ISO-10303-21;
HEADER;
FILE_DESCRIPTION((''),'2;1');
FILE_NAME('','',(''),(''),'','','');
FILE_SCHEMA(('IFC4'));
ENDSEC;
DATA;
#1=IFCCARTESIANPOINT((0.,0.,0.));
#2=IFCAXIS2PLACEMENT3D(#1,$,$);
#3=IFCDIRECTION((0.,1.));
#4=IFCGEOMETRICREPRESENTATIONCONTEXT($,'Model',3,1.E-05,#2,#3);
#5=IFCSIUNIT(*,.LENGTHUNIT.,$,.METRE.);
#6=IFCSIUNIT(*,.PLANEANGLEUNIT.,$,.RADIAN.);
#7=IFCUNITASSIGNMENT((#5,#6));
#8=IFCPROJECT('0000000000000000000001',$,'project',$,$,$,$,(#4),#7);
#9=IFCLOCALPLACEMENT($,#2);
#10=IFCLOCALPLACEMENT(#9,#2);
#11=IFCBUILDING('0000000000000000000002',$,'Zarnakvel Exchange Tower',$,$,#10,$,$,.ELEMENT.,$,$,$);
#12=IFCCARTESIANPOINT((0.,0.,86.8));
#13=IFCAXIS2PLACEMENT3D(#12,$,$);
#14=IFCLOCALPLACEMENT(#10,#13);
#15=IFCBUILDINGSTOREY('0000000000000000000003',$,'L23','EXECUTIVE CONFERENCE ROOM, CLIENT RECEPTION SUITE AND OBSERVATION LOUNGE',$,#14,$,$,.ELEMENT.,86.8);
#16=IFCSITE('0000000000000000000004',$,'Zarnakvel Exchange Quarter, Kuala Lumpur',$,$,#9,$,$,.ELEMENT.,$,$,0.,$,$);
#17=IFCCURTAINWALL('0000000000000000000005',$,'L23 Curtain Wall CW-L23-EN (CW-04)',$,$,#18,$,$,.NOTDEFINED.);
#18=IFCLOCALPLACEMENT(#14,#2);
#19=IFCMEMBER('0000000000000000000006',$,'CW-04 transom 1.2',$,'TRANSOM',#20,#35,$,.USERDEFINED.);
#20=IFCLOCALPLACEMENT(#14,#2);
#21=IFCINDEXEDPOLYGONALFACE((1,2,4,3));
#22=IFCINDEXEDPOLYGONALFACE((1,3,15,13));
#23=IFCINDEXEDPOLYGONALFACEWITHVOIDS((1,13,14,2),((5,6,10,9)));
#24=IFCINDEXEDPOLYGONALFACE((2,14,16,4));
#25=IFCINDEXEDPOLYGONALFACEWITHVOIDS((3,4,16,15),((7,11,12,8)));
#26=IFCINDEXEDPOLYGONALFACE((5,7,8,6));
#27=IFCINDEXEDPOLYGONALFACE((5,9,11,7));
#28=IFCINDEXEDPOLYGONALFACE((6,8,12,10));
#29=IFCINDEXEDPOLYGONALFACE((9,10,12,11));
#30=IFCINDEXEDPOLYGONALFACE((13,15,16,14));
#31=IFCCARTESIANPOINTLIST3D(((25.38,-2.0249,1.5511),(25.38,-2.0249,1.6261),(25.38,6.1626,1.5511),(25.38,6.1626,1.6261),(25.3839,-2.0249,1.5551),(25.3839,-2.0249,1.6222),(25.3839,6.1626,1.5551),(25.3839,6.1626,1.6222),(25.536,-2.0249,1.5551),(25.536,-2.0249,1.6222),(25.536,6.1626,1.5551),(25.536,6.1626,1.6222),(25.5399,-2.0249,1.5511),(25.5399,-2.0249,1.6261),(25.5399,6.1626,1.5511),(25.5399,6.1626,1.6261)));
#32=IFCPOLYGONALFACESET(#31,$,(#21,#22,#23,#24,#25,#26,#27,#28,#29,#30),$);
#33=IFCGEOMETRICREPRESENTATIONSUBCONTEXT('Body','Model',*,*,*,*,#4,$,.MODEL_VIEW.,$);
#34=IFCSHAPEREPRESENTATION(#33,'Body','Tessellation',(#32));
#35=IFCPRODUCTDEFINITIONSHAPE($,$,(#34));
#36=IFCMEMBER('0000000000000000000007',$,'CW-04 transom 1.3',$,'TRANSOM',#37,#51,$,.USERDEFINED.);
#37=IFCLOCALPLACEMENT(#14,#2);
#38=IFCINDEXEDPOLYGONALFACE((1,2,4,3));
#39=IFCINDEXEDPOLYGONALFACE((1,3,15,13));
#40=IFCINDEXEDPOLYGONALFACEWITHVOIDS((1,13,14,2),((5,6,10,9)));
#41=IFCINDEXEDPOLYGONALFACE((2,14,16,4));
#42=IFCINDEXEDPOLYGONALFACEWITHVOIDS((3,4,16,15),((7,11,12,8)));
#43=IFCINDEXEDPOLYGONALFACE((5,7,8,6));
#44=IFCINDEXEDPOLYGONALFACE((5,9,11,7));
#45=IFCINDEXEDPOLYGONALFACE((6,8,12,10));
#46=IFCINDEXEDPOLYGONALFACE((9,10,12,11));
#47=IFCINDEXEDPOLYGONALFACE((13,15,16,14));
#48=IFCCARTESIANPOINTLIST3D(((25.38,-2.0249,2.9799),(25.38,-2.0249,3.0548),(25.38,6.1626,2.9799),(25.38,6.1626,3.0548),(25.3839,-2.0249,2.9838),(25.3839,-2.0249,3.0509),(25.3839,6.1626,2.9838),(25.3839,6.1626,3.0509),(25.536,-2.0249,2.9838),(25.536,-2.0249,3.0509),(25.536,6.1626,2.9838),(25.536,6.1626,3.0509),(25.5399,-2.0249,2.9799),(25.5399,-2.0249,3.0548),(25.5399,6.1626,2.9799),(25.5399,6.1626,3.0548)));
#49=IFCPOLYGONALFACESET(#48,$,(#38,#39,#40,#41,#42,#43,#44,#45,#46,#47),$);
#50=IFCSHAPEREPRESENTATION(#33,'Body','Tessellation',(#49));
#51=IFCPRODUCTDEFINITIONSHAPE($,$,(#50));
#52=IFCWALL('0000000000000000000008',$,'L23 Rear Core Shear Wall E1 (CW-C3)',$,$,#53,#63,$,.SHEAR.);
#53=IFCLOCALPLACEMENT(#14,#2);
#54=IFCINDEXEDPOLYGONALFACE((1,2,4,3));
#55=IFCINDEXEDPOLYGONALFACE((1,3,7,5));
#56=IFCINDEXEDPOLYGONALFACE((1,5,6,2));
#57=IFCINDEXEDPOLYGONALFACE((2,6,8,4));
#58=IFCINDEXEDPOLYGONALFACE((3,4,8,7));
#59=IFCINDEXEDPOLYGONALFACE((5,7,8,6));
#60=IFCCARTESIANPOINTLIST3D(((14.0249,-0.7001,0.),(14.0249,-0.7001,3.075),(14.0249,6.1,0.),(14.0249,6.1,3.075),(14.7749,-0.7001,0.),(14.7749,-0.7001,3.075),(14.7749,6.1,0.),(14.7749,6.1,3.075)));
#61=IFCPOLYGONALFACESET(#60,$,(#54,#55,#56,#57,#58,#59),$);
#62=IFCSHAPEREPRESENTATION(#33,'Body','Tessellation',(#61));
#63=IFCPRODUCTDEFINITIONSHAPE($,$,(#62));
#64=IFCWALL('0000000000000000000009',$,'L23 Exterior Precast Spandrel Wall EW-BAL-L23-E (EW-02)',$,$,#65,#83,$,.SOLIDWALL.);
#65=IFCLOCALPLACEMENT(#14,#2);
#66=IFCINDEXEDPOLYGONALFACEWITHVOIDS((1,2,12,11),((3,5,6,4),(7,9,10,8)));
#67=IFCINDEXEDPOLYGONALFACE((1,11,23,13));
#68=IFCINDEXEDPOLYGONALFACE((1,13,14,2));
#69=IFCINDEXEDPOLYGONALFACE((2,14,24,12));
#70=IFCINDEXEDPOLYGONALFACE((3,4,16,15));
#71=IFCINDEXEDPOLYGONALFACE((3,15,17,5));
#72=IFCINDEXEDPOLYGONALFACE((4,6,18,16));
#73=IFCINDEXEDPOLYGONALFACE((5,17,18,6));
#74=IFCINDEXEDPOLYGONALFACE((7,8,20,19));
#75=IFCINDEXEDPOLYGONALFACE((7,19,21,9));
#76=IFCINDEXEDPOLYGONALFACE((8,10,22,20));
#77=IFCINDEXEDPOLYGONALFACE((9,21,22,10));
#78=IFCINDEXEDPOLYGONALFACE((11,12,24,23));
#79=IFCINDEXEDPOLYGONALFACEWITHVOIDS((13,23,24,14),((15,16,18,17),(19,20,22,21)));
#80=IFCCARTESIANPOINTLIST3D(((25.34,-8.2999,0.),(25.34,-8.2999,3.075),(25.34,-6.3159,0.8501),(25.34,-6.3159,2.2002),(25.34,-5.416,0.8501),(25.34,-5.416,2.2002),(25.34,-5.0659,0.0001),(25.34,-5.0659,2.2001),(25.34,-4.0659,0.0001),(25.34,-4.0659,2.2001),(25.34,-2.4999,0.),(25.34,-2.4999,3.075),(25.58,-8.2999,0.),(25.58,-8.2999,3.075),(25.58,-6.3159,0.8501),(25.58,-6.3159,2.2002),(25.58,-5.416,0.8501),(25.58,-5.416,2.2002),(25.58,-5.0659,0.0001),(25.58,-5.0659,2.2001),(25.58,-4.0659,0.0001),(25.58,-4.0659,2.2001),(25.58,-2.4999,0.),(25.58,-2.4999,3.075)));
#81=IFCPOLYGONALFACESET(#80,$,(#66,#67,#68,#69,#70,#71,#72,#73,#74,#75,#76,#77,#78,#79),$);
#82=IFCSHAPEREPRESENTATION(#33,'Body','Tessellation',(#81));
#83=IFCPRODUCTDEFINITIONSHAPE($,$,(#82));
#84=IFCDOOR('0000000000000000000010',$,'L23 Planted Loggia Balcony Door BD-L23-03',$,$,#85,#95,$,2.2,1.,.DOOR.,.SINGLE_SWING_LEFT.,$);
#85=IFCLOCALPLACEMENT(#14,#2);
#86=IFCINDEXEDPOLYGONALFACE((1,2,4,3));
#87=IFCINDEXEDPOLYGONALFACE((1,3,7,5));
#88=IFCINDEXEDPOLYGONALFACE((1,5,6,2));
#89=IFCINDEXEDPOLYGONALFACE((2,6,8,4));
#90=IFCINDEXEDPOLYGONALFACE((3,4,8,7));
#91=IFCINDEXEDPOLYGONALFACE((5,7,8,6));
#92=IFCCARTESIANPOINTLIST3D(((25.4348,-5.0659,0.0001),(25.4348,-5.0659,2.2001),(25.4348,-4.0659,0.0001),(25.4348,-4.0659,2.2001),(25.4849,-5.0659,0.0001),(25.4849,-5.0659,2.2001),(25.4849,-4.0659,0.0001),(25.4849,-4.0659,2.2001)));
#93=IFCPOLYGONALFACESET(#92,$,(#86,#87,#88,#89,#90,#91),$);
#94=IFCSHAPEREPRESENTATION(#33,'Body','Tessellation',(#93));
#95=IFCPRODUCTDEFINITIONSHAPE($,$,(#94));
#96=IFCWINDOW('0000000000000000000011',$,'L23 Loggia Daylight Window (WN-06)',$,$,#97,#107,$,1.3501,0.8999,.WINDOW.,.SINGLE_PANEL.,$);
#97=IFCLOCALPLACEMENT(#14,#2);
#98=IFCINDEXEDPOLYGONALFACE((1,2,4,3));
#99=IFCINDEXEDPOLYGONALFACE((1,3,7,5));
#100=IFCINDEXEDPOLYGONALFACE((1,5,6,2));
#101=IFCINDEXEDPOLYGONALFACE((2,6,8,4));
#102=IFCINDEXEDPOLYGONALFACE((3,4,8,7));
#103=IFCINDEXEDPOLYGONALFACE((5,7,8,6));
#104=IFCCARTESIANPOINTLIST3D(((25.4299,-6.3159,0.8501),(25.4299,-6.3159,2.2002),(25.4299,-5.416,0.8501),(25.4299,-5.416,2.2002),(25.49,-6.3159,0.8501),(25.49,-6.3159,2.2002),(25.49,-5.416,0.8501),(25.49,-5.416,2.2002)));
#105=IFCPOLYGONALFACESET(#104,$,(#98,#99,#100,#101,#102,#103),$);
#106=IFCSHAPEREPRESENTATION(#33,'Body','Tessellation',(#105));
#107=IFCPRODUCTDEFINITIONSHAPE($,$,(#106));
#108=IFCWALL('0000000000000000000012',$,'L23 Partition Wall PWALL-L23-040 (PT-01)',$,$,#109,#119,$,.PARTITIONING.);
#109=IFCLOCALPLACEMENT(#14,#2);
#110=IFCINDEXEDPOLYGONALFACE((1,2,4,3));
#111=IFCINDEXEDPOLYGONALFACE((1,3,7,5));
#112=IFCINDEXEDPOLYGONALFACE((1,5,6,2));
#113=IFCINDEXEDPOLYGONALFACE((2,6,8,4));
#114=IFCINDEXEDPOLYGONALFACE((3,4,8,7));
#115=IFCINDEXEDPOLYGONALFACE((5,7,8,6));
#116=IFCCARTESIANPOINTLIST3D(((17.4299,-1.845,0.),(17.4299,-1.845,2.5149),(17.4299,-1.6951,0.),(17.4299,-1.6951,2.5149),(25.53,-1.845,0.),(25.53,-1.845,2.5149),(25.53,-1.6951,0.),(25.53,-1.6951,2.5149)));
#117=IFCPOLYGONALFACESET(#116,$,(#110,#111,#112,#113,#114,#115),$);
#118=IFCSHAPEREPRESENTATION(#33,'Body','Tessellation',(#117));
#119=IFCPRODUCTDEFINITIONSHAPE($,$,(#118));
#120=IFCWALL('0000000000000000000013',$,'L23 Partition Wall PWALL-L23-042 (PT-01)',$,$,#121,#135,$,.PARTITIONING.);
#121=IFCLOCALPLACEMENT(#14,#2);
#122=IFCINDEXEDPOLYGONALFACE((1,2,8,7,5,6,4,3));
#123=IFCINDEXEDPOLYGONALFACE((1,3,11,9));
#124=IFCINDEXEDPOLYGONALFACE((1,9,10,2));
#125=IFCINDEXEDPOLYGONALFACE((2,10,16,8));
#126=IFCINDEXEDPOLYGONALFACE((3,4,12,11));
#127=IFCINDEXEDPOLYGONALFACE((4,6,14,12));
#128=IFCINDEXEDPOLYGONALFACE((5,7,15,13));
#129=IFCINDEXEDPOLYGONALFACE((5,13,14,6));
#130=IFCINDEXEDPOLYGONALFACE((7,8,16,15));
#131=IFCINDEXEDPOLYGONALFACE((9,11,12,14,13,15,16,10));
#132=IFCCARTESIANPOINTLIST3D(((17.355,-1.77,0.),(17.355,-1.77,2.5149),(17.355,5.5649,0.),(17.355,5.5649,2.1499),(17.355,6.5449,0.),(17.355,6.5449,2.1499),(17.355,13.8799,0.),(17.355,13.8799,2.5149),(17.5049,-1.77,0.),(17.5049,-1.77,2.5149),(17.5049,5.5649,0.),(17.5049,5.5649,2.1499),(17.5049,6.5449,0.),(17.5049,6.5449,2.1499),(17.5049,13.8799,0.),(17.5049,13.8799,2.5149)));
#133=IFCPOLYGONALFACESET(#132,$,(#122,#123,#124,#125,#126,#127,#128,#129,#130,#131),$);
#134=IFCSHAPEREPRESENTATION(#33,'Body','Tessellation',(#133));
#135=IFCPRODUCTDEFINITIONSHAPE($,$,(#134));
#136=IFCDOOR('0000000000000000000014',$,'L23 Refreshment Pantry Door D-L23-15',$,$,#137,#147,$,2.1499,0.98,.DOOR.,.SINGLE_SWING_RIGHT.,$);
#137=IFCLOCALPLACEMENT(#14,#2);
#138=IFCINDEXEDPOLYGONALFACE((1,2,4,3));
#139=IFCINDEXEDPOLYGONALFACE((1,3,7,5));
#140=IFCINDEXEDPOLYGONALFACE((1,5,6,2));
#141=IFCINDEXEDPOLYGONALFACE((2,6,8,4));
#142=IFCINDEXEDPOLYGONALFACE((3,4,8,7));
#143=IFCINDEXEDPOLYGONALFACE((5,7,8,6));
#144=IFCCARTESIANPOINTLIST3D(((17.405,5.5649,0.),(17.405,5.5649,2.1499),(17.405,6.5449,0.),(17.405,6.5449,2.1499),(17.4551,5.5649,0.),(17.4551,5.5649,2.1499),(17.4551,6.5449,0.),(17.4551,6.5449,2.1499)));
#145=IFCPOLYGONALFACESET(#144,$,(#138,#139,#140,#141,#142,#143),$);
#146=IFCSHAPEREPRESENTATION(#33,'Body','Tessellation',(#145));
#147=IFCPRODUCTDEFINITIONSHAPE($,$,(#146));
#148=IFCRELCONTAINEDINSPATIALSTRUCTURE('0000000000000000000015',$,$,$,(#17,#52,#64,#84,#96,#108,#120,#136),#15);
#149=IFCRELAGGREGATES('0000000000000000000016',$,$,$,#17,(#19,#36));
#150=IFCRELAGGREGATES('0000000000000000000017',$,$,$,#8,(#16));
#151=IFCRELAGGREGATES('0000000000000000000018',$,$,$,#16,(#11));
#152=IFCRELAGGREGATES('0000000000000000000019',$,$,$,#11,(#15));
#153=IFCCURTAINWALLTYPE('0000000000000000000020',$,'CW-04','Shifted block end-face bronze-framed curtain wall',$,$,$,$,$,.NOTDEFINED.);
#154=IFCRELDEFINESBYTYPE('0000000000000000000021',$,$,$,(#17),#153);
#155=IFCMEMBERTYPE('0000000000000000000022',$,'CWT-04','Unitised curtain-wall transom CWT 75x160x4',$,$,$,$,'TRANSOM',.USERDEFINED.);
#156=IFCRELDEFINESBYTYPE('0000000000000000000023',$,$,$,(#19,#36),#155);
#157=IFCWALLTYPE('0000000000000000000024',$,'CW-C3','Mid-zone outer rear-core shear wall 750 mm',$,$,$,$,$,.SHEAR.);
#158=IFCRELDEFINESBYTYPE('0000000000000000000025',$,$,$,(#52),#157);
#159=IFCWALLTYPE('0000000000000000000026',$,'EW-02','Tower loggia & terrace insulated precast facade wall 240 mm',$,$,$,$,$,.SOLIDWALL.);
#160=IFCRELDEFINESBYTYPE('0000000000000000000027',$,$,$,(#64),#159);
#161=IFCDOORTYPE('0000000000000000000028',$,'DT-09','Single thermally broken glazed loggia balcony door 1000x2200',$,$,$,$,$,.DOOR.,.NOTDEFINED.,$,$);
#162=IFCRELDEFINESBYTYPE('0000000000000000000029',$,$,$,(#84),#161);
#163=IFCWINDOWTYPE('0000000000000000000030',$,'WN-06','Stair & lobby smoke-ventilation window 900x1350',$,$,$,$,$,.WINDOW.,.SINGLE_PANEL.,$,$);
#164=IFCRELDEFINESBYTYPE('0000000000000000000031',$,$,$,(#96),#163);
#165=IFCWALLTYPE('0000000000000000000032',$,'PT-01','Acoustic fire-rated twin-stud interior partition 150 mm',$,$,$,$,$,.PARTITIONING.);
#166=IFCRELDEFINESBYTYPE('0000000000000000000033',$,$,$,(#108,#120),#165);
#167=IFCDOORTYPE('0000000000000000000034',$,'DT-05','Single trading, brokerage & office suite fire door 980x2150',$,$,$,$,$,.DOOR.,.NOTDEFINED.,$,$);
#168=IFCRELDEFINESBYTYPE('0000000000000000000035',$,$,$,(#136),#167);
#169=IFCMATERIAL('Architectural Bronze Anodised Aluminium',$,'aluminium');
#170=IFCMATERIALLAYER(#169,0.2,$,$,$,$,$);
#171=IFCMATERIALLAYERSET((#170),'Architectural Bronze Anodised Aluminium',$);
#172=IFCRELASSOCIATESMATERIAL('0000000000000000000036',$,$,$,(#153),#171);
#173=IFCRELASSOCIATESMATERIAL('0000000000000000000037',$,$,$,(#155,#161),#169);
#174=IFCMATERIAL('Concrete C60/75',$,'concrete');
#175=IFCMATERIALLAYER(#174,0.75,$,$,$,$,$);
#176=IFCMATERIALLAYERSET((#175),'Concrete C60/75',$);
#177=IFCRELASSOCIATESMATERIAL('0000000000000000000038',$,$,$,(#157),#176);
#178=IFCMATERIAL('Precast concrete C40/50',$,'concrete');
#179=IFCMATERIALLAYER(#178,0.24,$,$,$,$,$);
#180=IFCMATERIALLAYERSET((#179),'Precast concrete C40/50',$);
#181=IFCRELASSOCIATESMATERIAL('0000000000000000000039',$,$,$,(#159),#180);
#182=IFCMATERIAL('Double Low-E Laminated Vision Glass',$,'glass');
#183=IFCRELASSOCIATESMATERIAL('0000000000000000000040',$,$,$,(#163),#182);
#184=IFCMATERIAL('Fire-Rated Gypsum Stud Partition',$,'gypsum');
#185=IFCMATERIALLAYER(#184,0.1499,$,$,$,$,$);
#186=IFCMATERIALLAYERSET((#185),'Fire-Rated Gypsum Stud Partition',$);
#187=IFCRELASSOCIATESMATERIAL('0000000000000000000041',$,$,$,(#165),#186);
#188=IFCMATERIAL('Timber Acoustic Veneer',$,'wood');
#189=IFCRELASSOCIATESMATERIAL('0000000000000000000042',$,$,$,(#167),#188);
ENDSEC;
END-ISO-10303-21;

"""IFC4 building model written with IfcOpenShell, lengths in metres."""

from ifc_helpers import new_model, si_unit, direction, frame, frame_2d, origin, origin_2d, place, context, subcontext, project, spatial, rectangle, hollow_rectangle, extrude, source, transform, mapped, material, layer, layer_set, material_profile, profile_set, type_object, element, fill, aggregate, save


model = new_model("IFC4")

# Units and contexts
model_context = context("Model", 3, precision=1e-05, world=origin(), true_north=direction((0.0, 1.0)))
body_context = subcontext(model_context, "Body", "Model", "MODEL_VIEW")
ifc_project = project(units=[si_unit("LENGTHUNIT", "METRE"), si_unit("PLANEANGLEUNIT", "RADIAN")], contexts=[model_context])

# Site, building, storey
site_placement = place(None, origin())
site = spatial("IfcSite", under=ifc_project, at=site_placement, Name="Zarnakvel Exchange Quarter, Kuala Lumpur", CompositionType="ELEMENT", RefElevation=0.0)
building_placement = place(site_placement, origin())
building = spatial("IfcBuilding", under=site, at=building_placement, Name="Zarnakvel Exchange Tower", CompositionType="ELEMENT")
storey_placement = place(building_placement, frame((0.0, 0.0, 86.8)))
storey = spatial("IfcBuildingStorey", under=building, at=storey_placement, Name="L23", Description="EXECUTIVE CONFERENCE ROOM, CLIENT RECEPTION SUITE AND OBSERVATION LOUNGE", CompositionType="ELEMENT", Elevation=86.8)

# Shared definitions
ifc_material_1 = material(Name="Concrete C60/75", Category="concrete")

# Curtain wall, members
ifc_material_2 = material(Name="Architectural Bronze Anodised Aluminium", Category="aluminium")
ifc_layer_1 = layer(ifc_material_2, 0.2)
ifc_layer_set_1 = layer_set([ifc_layer_1], Name="Architectural Bronze Anodised Aluminium")
curtain_wall_type = type_object("IfcCurtainWallType", Name="CW-04", Description="Shifted block end-face bronze-framed curtain wall", PredefinedType="NOTDEFINED", material=ifc_layer_set_1)
curtain_wall_placement = place(storey_placement, origin())
curtain_wall = element("IfcCurtainWall", 1, at=curtain_wall_placement, inside=storey, type_object=curtain_wall_type, Name="L23 Curtain Wall CW-L23-EN (CW-04)", PredefinedType="NOTDEFINED")
ifc_material_profile_1 = material_profile(ifc_material_2, hollow_rectangle(XDim=0.1599, YDim=0.075, WallThickness=0.0039, at=origin_2d()))
ifc_profile_set_1 = profile_set([ifc_material_profile_1], Name="Architectural Bronze Anodised Aluminium")
member_type_1 = type_object("IfcMemberType", Name="CWT-04", Description="Unitised curtain-wall transom CWT 75x160x4", ElementType="TRANSOM", PredefinedType="USERDEFINED", material=ifc_profile_set_1)
shared_shape_1 = source(origin(), body_context, "Body", "SweptSolid", [
    extrude(hollow_rectangle(XDim=0.1599, YDim=0.075, WallThickness=0.0039, at=origin_2d()), origin(), (0.0, 0.0, 1.0), 8.1875),
])
member_1_placement = place(storey_placement, frame((25.46, -2.0249, 1.5886), z_axis=(0.0, 1.0, 0.0), x_axis=(-1.0, 0.0, 0.0)))
member_1 = element("IfcMember", 2, at=member_1_placement, type_object=member_type_1, Name="CW-04 transom 1.2", ObjectType="TRANSOM", PredefinedType="USERDEFINED", context=body_context, shape_type="MappedRepresentation", body=[
    mapped(shared_shape_1, transform((0.0, 0.0, 0.0), x_axis=(1.0, 0.0, 0.0), y_axis=(0.0, 1.0, 0.0), z_axis=(0.0, 0.0, 1.0), scale=1.0)),
])
member_2_placement = place(storey_placement, frame((25.46, -2.0249, 3.0173), z_axis=(0.0, 1.0, 0.0), x_axis=(-1.0, 0.0, 0.0)))
member_2 = element("IfcMember", 3, at=member_2_placement, type_object=member_type_1, Name="CW-04 transom 1.3", ObjectType="TRANSOM", PredefinedType="USERDEFINED", context=body_context, shape_type="MappedRepresentation", body=[
    mapped(shared_shape_1, transform((0.0, 0.0, 0.0), x_axis=(1.0, 0.0, 0.0), y_axis=(0.0, 1.0, 0.0), z_axis=(0.0, 0.0, 1.0), scale=1.0)),
])
aggregate(curtain_wall, [member_1, member_2])

# Wall
ifc_layer_2 = layer(ifc_material_1, 0.75)
ifc_layer_set_2 = layer_set([ifc_layer_2], Name="Concrete C60/75")
wall_type_1 = type_object("IfcWallType", Name="CW-C3", Description="Mid-zone outer rear-core shear wall 750 mm", PredefinedType="SHEAR", material=ifc_layer_set_2)
wall_1_placement = place(storey_placement, frame((14.3999, -0.7, 0.0), z_axis=(0.0, 0.0, 1.0), x_axis=(0.0, 1.0, 0.0)))
element("IfcWall", 4, at=wall_1_placement, inside=storey, type_object=wall_type_1, Name="L23 Rear Core Shear Wall E1 (CW-C3)", PredefinedType="SHEAR", context=body_context, shape_type="SweptSolid", body=[
    extrude(rectangle(XDim=6.8, YDim=0.75, at=frame_2d((3.3999, 0.0))), origin(), (0.0, 0.0, 1.0), 3.075),
])

# Wall, openings, door, window
ifc_material_3 = material(Name="Precast concrete C40/50", Category="concrete")
ifc_layer_3 = layer(ifc_material_3, 0.24)
ifc_layer_set_3 = layer_set([ifc_layer_3], Name="Precast concrete C40/50")
wall_type_2 = type_object("IfcWallType", Name="EW-02", Description="Tower loggia & terrace insulated precast facade wall 240 mm", PredefinedType="SOLIDWALL", material=ifc_layer_set_3)
wall_2_placement = place(storey_placement, frame((25.46, -2.5, 0.0), z_axis=(0.0, 0.0, 1.0), x_axis=(0.0, -1.0, 0.0)))
wall_2 = element("IfcWall", 5, at=wall_2_placement, inside=storey, type_object=wall_type_2, Name="L23 Exterior Precast Spandrel Wall EW-BAL-L23-E (EW-02)", PredefinedType="SOLIDWALL", context=body_context, shape_type="SweptSolid", body=[
    extrude(rectangle(XDim=5.8, YDim=0.24, at=frame_2d((2.8999, 0.0))), origin(), (0.0, 0.0, 1.0), 3.075),
])
opening_1_placement = place(wall_2_placement, frame((1.5659, 0.0, 0.0)))
opening_1 = element("IfcOpeningElement", 6, at=opening_1_placement, cuts=wall_2, PredefinedType="OPENING", context=body_context, shape_type="SweptSolid", body=[
    extrude(rectangle(XDim=1.0, YDim=2.2, at=frame_2d((0.5, 1.1001))), frame((0.0, 0.1299, 0.0), z_axis=(0.0, -1.0, 0.0), x_axis=(1.0, 0.0, 0.0)), (0.0, 0.0, 1.0), 0.26),
])
opening_2_placement = place(wall_2_placement, frame((2.916, 0.0, 0.8501)))
opening_2 = element("IfcOpeningElement", 7, at=opening_2_placement, cuts=wall_2, PredefinedType="OPENING", context=body_context, shape_type="SweptSolid", body=[
    extrude(rectangle(XDim=0.8999, YDim=1.3501, at=frame_2d((0.45, 0.675))), frame((0.0, 0.1299, 0.0), z_axis=(0.0, -1.0, 0.0), x_axis=(1.0, 0.0, 0.0)), (0.0, 0.0, 1.0), 0.26),
])
door_type_1 = type_object("IfcDoorType", Name="DT-09", Description="Single thermally broken glazed loggia balcony door 1000x2200", OperationType="NOTDEFINED", PredefinedType="DOOR", material=ifc_material_2)
shared_shape_2 = source(origin(), body_context, "Body", "SweptSolid", [
    extrude(rectangle(XDim=1.0, YDim=2.2, at=frame_2d((0.5, 1.1001))), frame((0.0, 0.0249, 0.0), z_axis=(0.0, -1.0, 0.0), x_axis=(1.0, 0.0, 0.0)), (0.0, 0.0, 1.0), 0.05),
])
door_1_placement = place(opening_1_placement, origin())
door_1 = element("IfcDoor", 8, at=door_1_placement, inside=storey, type_object=door_type_1, Name="L23 Planted Loggia Balcony Door BD-L23-03", OperationType="SINGLE_SWING_LEFT", OverallHeight=2.2, OverallWidth=1.0, PredefinedType="DOOR", context=body_context, shape_type="MappedRepresentation", body=[
    mapped(shared_shape_2, transform((0.0, 0.0, 0.0), x_axis=(1.0, 0.0, 0.0), y_axis=(0.0, 1.0, 0.0), z_axis=(0.0, 0.0, 1.0), scale=1.0)),
])
fill(opening_1, door_1)
ifc_material_4 = material(Name="Double Low-E Laminated Vision Glass", Category="glass")
window_type = type_object("IfcWindowType", Name="WN-06", Description="Stair & lobby smoke-ventilation window 900x1350", PartitioningType="SINGLE_PANEL", PredefinedType="WINDOW", material=ifc_material_4)
shared_shape_3 = source(origin(), body_context, "Body", "SweptSolid", [
    extrude(rectangle(XDim=0.8999, YDim=1.3501, at=frame_2d((0.45, 0.675))), frame((0.0, 0.03, 0.0), z_axis=(0.0, -1.0, 0.0), x_axis=(1.0, 0.0, 0.0)), (0.0, 0.0, 1.0), 0.0601),
])
window_placement = place(opening_2_placement, origin())
window = element("IfcWindow", 9, at=window_placement, inside=storey, type_object=window_type, Name="L23 Loggia Daylight Window (WN-06)", OverallHeight=1.3501, OverallWidth=0.8999, PartitioningType="SINGLE_PANEL", PredefinedType="WINDOW", context=body_context, shape_type="MappedRepresentation", body=[
    mapped(shared_shape_3, transform((0.0, 0.0, 0.0), x_axis=(1.0, 0.0, 0.0), y_axis=(0.0, 1.0, 0.0), z_axis=(0.0, 0.0, 1.0), scale=1.0)),
])
fill(opening_2, window)

# Wall
ifc_material_5 = material(Name="Fire-Rated Gypsum Stud Partition", Category="gypsum")
ifc_layer_4 = layer(ifc_material_5, 0.1499)
ifc_layer_set_4 = layer_set([ifc_layer_4], Name="Fire-Rated Gypsum Stud Partition")
wall_type_3 = type_object("IfcWallType", Name="PT-01", Description="Acoustic fire-rated twin-stud interior partition 150 mm", PredefinedType="PARTITIONING", material=ifc_layer_set_4)
wall_3_placement = place(storey_placement, frame((25.53, -1.77, 0.0), z_axis=(0.0, 0.0, 1.0), x_axis=(-1.0, 0.0, 0.0)))
element("IfcWall", 10, at=wall_3_placement, inside=storey, type_object=wall_type_3, Name="L23 Partition Wall PWALL-L23-040 (PT-01)", PredefinedType="PARTITIONING", context=body_context, shape_type="SweptSolid", body=[
    extrude(rectangle(XDim=8.1001, YDim=0.1499, at=frame_2d((4.05, 0.0))), origin(), (0.0, 0.0, 1.0), 2.5149),
])

# Wall, opening, door
wall_4_placement = place(storey_placement, frame((17.4299, -1.77, 0.0), z_axis=(0.0, 0.0, 1.0), x_axis=(0.0, 1.0, 0.0)))
wall_4 = element("IfcWall", 11, at=wall_4_placement, inside=storey, type_object=wall_type_3, Name="L23 Partition Wall PWALL-L23-042 (PT-01)", PredefinedType="PARTITIONING", context=body_context, shape_type="SweptSolid", body=[
    extrude(rectangle(XDim=15.6499, YDim=0.1499, at=frame_2d((7.825, 0.0))), origin(), (0.0, 0.0, 1.0), 2.5149),
])
opening_3_placement = place(wall_4_placement, frame((7.335, 0.0, 0.0)))
opening_3 = element("IfcOpeningElement", 12, at=opening_3_placement, cuts=wall_4, PredefinedType="OPENING", context=body_context, shape_type="SweptSolid", body=[
    extrude(rectangle(XDim=0.98, YDim=2.1499, at=frame_2d((0.49, 1.075))), frame((0.0, 0.085, 0.0), z_axis=(0.0, -1.0, 0.0), x_axis=(1.0, 0.0, 0.0)), (0.0, 0.0, 1.0), 0.1699),
])
ifc_material_6 = material(Name="Timber Acoustic Veneer", Category="wood")
door_type_2 = type_object("IfcDoorType", Name="DT-05", Description="Single trading, brokerage & office suite fire door 980x2150", OperationType="NOTDEFINED", PredefinedType="DOOR", material=ifc_material_6)
shared_shape_4 = source(origin(), body_context, "Body", "SweptSolid", [
    extrude(rectangle(XDim=0.98, YDim=2.1499, at=frame_2d((0.49, 1.075))), frame((0.0, 0.0249, 0.0), z_axis=(0.0, -1.0, 0.0), x_axis=(1.0, 0.0, 0.0)), (0.0, 0.0, 1.0), 0.05),
])
door_2_placement = place(opening_3_placement, origin())
door_2 = element("IfcDoor", 13, at=door_2_placement, inside=storey, type_object=door_type_2, Name="L23 Refreshment Pantry Door D-L23-15", OperationType="SINGLE_SWING_RIGHT", OverallHeight=2.1499, OverallWidth=0.98, PredefinedType="DOOR", context=body_context, shape_type="MappedRepresentation", body=[
    mapped(shared_shape_4, transform((0.0, 0.0, 0.0), x_axis=(1.0, 0.0, 0.0), y_axis=(0.0, 1.0, 0.0), z_axis=(0.0, 0.0, 1.0), scale=1.0)),
])
fill(opening_3, door_2)

save(model, "model.ifc")
